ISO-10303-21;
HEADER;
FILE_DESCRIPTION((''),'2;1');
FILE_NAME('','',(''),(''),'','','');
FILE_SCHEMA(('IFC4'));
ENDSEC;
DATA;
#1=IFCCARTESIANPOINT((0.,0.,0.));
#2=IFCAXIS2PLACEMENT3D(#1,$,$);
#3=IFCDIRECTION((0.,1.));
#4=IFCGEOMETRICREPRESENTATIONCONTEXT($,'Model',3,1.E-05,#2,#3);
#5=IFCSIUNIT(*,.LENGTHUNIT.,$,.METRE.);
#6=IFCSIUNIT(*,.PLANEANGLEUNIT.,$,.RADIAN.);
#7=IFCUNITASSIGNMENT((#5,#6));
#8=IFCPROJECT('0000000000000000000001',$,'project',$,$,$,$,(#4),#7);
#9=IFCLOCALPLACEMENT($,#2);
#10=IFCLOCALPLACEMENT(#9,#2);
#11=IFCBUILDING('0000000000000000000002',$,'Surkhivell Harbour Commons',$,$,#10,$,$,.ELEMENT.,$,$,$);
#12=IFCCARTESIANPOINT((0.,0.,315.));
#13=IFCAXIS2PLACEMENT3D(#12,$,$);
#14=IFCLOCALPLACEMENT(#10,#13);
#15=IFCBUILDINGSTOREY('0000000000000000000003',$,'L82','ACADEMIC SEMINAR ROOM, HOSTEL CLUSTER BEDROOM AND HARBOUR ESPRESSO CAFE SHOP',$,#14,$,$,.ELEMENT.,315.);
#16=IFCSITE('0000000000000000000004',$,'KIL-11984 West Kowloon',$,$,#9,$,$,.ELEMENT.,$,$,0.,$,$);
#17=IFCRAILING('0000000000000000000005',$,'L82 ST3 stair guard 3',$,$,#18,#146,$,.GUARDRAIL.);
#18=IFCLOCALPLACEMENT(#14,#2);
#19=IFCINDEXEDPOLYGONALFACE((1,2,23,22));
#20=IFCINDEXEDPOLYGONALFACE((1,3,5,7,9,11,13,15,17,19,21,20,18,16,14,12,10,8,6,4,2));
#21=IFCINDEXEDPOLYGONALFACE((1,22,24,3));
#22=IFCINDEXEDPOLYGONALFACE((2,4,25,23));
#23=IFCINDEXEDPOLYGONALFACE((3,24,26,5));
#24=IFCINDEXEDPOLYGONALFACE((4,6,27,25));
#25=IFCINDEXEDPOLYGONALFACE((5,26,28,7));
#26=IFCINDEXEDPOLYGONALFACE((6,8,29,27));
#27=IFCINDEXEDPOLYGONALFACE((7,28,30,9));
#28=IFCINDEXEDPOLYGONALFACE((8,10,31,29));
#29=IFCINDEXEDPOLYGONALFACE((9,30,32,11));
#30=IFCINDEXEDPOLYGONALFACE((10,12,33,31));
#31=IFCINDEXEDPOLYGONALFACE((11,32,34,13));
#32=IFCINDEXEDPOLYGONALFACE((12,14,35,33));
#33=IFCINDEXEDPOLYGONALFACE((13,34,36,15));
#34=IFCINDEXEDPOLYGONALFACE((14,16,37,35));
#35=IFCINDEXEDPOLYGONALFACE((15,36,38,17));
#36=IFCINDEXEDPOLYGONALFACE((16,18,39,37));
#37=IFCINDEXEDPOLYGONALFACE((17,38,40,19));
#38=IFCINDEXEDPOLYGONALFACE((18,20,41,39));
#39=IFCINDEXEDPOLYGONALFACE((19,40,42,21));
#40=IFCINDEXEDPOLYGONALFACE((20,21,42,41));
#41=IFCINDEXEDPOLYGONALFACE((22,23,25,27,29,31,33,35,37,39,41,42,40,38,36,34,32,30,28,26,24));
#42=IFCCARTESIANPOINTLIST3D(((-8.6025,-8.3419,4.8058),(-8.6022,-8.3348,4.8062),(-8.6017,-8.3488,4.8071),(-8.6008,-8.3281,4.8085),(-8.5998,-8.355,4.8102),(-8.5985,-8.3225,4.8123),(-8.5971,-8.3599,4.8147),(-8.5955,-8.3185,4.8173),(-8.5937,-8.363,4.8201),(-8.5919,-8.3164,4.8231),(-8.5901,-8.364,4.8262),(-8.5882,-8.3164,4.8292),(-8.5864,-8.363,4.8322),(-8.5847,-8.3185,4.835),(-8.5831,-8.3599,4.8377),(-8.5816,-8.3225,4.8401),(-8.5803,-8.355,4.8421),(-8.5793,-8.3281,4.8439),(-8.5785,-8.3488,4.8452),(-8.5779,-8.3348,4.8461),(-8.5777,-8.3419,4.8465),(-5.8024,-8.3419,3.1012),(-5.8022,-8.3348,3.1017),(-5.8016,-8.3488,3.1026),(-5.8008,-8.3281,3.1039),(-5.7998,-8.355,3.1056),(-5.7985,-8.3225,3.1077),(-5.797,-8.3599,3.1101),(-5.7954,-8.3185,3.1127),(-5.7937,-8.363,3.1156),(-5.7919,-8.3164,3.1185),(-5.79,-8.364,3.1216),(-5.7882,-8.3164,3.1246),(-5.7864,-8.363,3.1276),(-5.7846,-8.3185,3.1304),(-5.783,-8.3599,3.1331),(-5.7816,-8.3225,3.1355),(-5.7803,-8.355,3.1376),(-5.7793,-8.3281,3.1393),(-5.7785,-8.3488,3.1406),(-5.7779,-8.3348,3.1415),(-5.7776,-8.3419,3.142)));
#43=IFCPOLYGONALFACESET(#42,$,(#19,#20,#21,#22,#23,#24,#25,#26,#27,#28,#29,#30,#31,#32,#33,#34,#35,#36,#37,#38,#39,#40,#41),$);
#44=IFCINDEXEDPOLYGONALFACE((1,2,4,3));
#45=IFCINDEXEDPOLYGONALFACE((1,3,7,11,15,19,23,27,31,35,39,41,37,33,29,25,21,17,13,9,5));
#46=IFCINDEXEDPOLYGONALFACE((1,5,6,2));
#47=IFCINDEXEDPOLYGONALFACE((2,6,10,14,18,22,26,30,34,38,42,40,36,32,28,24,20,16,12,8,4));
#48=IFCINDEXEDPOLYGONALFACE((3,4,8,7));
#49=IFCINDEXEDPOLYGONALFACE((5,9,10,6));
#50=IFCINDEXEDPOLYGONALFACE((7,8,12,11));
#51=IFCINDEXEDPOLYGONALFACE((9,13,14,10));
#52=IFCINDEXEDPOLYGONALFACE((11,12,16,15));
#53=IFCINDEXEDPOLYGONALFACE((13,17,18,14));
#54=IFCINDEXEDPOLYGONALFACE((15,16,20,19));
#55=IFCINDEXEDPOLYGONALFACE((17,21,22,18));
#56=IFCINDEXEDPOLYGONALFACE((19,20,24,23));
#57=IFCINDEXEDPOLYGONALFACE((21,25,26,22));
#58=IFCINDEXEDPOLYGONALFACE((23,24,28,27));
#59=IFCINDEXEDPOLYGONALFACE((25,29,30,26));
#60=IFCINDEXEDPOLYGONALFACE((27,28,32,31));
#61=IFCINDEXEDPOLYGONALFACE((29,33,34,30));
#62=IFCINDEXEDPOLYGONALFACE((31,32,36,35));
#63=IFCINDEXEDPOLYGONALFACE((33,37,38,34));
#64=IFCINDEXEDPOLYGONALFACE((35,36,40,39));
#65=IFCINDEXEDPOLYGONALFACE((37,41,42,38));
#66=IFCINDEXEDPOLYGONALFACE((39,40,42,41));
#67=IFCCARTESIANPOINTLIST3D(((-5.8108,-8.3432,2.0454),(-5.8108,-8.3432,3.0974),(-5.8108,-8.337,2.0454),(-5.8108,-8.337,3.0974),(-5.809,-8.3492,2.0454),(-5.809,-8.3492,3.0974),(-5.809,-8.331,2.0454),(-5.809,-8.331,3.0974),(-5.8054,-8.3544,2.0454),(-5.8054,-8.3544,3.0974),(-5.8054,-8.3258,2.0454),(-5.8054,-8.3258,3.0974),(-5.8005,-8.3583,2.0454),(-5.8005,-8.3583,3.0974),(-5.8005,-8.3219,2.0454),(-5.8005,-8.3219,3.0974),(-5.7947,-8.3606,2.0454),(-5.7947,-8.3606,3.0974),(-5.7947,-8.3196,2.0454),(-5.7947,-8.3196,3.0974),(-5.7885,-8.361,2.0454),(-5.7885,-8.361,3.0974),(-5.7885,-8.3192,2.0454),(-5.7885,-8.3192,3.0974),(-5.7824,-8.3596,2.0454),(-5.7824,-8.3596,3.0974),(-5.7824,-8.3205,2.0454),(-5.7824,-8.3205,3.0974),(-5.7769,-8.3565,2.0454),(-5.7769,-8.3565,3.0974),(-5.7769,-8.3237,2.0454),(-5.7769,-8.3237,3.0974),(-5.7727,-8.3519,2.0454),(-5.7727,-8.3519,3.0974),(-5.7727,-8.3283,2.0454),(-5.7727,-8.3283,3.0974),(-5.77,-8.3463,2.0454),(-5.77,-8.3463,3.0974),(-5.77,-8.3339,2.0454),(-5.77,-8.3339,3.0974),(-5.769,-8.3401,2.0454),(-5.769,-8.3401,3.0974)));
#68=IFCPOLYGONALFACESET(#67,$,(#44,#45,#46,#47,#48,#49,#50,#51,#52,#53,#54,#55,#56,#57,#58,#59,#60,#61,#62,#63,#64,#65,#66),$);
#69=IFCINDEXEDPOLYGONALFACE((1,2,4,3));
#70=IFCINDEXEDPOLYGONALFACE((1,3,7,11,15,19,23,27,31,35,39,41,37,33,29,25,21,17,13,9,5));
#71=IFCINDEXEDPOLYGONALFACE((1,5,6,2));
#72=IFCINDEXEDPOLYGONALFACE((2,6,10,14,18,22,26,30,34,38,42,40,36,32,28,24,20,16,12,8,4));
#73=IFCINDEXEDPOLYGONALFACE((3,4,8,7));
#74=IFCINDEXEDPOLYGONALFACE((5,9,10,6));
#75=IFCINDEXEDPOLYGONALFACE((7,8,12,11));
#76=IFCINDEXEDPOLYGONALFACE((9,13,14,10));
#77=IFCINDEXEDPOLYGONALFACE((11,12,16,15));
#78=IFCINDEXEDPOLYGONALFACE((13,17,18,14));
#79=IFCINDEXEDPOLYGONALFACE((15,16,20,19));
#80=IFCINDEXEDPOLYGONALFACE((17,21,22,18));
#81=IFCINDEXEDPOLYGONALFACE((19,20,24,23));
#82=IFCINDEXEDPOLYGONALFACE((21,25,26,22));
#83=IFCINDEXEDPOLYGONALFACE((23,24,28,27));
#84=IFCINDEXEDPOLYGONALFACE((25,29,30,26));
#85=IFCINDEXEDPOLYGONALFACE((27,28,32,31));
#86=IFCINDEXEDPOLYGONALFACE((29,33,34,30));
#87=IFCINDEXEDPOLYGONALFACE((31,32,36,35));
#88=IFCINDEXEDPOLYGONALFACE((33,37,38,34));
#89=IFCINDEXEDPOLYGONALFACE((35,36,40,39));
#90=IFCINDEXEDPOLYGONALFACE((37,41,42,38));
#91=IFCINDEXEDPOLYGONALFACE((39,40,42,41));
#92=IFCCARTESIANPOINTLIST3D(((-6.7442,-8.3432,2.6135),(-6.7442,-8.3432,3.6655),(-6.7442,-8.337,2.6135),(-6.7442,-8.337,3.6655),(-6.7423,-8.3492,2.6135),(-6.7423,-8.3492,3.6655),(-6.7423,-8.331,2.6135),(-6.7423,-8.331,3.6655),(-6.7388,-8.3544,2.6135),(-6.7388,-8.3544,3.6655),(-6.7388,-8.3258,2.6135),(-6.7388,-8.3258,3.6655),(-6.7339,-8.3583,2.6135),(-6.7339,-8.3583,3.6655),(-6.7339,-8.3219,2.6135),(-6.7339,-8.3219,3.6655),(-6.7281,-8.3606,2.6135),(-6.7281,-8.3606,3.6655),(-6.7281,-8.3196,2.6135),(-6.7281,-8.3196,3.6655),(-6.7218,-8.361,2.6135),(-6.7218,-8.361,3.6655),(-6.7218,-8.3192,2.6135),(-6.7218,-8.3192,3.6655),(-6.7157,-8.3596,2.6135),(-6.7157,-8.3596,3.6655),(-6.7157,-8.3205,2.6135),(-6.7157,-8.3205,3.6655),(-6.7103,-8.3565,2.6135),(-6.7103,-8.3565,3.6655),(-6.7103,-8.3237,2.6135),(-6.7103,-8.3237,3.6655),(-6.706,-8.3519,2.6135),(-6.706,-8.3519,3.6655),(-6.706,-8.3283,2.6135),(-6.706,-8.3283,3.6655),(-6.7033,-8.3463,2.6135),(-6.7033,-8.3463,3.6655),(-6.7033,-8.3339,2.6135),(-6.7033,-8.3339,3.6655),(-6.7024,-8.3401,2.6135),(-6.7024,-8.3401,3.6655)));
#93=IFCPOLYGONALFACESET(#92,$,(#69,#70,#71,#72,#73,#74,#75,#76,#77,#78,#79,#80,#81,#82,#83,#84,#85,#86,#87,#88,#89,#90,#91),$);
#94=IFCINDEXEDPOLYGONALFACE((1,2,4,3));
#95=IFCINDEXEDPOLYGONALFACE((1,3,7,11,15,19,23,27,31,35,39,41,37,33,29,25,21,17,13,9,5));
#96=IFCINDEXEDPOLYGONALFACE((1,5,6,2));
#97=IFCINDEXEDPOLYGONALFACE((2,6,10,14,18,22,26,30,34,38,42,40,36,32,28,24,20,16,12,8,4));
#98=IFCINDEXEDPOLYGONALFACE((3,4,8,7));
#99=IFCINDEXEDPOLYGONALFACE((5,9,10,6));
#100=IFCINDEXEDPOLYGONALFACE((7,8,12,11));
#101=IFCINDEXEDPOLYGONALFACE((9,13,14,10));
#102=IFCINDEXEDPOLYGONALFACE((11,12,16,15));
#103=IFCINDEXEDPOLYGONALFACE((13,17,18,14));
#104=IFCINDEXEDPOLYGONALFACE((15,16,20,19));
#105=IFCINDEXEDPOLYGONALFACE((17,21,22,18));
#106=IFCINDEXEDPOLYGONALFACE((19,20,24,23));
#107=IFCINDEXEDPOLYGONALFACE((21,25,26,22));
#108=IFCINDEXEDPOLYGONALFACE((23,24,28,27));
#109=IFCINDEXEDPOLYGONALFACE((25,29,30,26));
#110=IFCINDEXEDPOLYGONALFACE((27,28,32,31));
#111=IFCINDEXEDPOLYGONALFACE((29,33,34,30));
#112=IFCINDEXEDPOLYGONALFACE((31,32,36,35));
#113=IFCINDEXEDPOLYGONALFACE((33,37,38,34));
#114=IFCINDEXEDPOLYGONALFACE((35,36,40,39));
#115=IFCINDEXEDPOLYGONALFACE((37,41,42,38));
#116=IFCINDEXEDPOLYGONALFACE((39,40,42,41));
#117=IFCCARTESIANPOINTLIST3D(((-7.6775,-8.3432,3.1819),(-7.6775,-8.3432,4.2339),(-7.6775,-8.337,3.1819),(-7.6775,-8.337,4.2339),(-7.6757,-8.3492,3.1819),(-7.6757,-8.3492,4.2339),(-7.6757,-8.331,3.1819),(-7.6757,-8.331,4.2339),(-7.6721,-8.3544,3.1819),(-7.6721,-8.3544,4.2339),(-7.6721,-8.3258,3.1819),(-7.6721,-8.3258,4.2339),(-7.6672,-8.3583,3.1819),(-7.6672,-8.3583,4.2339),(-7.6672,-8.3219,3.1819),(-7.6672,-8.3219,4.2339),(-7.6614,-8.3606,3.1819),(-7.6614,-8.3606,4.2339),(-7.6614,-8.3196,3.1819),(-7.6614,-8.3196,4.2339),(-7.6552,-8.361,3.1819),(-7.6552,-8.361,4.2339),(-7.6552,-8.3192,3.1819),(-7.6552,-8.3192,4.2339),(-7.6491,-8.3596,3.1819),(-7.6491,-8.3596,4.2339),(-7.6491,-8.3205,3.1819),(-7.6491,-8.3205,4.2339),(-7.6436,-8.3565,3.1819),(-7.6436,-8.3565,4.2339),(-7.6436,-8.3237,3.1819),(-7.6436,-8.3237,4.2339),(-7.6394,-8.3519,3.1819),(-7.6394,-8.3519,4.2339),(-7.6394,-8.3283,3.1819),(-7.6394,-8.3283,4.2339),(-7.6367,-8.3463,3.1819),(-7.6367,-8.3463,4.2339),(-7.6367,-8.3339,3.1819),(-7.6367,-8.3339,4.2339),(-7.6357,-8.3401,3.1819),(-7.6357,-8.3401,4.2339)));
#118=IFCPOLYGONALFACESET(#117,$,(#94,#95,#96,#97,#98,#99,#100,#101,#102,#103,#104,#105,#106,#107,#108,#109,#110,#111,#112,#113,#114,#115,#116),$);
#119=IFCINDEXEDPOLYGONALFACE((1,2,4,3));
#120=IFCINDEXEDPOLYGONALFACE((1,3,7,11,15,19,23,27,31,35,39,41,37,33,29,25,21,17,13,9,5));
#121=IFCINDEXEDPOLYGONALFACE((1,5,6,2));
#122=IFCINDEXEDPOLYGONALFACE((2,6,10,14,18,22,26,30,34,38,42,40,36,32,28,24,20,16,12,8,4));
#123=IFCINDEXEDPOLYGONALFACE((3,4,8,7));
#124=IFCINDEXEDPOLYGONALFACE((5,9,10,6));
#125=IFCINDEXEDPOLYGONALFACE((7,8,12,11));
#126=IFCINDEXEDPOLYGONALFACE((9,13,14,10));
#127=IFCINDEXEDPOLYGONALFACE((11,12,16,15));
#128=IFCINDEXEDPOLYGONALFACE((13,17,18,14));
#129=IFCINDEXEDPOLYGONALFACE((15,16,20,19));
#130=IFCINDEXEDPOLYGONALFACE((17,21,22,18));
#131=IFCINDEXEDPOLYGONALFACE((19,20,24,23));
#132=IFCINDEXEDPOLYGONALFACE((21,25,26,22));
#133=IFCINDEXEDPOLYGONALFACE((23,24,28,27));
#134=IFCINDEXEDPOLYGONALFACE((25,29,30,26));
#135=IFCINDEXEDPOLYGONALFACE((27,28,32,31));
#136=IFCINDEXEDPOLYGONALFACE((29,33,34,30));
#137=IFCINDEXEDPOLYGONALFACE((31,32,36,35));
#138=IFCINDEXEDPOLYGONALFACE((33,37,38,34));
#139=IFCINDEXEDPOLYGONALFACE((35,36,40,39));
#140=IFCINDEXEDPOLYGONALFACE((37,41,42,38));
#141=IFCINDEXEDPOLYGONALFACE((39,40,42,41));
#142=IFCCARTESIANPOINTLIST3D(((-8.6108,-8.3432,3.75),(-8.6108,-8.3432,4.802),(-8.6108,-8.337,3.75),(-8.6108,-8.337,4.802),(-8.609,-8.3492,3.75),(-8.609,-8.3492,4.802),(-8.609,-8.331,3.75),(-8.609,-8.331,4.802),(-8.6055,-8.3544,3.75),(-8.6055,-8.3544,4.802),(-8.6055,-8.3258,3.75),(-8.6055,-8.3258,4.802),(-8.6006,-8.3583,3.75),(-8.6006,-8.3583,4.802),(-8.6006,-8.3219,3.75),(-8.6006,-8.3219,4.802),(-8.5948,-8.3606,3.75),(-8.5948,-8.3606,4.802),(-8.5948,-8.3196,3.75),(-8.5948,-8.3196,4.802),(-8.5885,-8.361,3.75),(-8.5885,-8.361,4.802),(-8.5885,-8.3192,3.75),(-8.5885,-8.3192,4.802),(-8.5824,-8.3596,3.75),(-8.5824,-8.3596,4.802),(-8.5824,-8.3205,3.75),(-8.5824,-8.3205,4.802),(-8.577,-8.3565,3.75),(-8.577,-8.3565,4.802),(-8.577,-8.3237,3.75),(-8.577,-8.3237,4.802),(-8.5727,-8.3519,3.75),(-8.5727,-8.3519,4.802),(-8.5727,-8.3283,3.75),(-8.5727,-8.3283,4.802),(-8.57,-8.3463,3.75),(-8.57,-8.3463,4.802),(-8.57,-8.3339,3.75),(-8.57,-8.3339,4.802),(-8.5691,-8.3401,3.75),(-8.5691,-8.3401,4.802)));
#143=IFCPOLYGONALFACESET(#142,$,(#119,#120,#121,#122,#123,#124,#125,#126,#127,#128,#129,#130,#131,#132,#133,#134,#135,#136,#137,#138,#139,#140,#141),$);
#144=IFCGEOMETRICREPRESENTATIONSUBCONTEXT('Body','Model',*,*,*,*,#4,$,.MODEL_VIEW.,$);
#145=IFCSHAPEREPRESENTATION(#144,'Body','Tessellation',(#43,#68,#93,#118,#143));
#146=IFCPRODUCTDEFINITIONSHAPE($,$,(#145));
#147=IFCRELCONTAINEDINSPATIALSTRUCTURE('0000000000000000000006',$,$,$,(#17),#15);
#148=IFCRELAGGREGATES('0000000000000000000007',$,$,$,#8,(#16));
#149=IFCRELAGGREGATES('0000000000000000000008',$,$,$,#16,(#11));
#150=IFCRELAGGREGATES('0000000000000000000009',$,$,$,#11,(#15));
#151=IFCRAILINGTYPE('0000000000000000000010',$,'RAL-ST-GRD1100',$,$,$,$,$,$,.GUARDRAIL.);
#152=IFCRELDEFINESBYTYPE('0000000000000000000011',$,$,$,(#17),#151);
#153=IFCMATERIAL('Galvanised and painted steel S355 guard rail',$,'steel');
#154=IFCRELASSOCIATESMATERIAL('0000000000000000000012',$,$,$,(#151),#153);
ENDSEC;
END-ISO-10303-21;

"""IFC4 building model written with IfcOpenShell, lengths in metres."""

from ifc_helpers import new_model, si_unit, direction, frame, origin, origin_2d, place, context, subcontext, project, spatial, circle, extrude, material, type_object, element, save


model = new_model("IFC4")

# Units and contexts
model_context = context("Model", 3, precision=1e-05, world=origin(), true_north=direction((0.0, 1.0)))
body_context = subcontext(model_context, "Body", "Model", "MODEL_VIEW")
ifc_project = project(units=[si_unit("LENGTHUNIT", "METRE"), si_unit("PLANEANGLEUNIT", "RADIAN")], contexts=[model_context])

# Site, building, storey
site_placement = place(None, origin())
site = spatial("IfcSite", under=ifc_project, at=site_placement, Name="KIL-11984 West Kowloon", CompositionType="ELEMENT", RefElevation=0.0)
building_placement = place(site_placement, origin())
building = spatial("IfcBuilding", under=site, at=building_placement, Name="Surkhivell Harbour Commons", CompositionType="ELEMENT")
storey_placement = place(building_placement, frame((0.0, 0.0, 315.0)))
storey = spatial("IfcBuildingStorey", under=building, at=storey_placement, Name="L82", Description="ACADEMIC SEMINAR ROOM, HOSTEL CLUSTER BEDROOM AND HARBOUR ESPRESSO CAFE SHOP", CompositionType="ELEMENT", Elevation=315.0)

# Railing
ifc_material_1 = material(Name="Galvanised and painted steel S355 guard rail", Category="steel")
railing_type_1 = type_object("IfcRailingType", Name="RAL-ST-GRD1100", PredefinedType="GUARDRAIL", material=ifc_material_1)
railing_1_placement = place(storey_placement, frame((-5.79, -8.3401, 2.0454)))
element("IfcRailing", 1, at=railing_1_placement, inside=storey, type_object=railing_type_1, Name="L82 ST3 stair guard 3", PredefinedType="GUARDRAIL", context=body_context, shape_type="SweptSolid", body=[
    extrude(circle(Radius=0.0239, at=origin_2d()), frame((0.0, 0.0, 1.0762), z_axis=(-0.85417, 0.0, 0.519994), x_axis=(0.0, -1.0, 0.0)), (0.0, 0.0, 1.0), 3.2781),
    extrude(circle(Radius=0.021, at=origin_2d()), origin(), (0.0, 0.0, 1.0), 1.052),
    extrude(circle(Radius=0.021, at=origin_2d()), frame((-0.9333, 0.0, 0.5681)), (0.0, 0.0, 1.0), 1.052),
    extrude(circle(Radius=0.021, at=origin_2d()), frame((-1.8667, 0.0, 1.1365)), (0.0, 0.0, 1.0), 1.052),
    extrude(circle(Radius=0.021, at=origin_2d()), frame((-2.8, 0.0, 1.7046)), (0.0, 0.0, 1.0), 1.052),
])

save(model, "model.ifc")
